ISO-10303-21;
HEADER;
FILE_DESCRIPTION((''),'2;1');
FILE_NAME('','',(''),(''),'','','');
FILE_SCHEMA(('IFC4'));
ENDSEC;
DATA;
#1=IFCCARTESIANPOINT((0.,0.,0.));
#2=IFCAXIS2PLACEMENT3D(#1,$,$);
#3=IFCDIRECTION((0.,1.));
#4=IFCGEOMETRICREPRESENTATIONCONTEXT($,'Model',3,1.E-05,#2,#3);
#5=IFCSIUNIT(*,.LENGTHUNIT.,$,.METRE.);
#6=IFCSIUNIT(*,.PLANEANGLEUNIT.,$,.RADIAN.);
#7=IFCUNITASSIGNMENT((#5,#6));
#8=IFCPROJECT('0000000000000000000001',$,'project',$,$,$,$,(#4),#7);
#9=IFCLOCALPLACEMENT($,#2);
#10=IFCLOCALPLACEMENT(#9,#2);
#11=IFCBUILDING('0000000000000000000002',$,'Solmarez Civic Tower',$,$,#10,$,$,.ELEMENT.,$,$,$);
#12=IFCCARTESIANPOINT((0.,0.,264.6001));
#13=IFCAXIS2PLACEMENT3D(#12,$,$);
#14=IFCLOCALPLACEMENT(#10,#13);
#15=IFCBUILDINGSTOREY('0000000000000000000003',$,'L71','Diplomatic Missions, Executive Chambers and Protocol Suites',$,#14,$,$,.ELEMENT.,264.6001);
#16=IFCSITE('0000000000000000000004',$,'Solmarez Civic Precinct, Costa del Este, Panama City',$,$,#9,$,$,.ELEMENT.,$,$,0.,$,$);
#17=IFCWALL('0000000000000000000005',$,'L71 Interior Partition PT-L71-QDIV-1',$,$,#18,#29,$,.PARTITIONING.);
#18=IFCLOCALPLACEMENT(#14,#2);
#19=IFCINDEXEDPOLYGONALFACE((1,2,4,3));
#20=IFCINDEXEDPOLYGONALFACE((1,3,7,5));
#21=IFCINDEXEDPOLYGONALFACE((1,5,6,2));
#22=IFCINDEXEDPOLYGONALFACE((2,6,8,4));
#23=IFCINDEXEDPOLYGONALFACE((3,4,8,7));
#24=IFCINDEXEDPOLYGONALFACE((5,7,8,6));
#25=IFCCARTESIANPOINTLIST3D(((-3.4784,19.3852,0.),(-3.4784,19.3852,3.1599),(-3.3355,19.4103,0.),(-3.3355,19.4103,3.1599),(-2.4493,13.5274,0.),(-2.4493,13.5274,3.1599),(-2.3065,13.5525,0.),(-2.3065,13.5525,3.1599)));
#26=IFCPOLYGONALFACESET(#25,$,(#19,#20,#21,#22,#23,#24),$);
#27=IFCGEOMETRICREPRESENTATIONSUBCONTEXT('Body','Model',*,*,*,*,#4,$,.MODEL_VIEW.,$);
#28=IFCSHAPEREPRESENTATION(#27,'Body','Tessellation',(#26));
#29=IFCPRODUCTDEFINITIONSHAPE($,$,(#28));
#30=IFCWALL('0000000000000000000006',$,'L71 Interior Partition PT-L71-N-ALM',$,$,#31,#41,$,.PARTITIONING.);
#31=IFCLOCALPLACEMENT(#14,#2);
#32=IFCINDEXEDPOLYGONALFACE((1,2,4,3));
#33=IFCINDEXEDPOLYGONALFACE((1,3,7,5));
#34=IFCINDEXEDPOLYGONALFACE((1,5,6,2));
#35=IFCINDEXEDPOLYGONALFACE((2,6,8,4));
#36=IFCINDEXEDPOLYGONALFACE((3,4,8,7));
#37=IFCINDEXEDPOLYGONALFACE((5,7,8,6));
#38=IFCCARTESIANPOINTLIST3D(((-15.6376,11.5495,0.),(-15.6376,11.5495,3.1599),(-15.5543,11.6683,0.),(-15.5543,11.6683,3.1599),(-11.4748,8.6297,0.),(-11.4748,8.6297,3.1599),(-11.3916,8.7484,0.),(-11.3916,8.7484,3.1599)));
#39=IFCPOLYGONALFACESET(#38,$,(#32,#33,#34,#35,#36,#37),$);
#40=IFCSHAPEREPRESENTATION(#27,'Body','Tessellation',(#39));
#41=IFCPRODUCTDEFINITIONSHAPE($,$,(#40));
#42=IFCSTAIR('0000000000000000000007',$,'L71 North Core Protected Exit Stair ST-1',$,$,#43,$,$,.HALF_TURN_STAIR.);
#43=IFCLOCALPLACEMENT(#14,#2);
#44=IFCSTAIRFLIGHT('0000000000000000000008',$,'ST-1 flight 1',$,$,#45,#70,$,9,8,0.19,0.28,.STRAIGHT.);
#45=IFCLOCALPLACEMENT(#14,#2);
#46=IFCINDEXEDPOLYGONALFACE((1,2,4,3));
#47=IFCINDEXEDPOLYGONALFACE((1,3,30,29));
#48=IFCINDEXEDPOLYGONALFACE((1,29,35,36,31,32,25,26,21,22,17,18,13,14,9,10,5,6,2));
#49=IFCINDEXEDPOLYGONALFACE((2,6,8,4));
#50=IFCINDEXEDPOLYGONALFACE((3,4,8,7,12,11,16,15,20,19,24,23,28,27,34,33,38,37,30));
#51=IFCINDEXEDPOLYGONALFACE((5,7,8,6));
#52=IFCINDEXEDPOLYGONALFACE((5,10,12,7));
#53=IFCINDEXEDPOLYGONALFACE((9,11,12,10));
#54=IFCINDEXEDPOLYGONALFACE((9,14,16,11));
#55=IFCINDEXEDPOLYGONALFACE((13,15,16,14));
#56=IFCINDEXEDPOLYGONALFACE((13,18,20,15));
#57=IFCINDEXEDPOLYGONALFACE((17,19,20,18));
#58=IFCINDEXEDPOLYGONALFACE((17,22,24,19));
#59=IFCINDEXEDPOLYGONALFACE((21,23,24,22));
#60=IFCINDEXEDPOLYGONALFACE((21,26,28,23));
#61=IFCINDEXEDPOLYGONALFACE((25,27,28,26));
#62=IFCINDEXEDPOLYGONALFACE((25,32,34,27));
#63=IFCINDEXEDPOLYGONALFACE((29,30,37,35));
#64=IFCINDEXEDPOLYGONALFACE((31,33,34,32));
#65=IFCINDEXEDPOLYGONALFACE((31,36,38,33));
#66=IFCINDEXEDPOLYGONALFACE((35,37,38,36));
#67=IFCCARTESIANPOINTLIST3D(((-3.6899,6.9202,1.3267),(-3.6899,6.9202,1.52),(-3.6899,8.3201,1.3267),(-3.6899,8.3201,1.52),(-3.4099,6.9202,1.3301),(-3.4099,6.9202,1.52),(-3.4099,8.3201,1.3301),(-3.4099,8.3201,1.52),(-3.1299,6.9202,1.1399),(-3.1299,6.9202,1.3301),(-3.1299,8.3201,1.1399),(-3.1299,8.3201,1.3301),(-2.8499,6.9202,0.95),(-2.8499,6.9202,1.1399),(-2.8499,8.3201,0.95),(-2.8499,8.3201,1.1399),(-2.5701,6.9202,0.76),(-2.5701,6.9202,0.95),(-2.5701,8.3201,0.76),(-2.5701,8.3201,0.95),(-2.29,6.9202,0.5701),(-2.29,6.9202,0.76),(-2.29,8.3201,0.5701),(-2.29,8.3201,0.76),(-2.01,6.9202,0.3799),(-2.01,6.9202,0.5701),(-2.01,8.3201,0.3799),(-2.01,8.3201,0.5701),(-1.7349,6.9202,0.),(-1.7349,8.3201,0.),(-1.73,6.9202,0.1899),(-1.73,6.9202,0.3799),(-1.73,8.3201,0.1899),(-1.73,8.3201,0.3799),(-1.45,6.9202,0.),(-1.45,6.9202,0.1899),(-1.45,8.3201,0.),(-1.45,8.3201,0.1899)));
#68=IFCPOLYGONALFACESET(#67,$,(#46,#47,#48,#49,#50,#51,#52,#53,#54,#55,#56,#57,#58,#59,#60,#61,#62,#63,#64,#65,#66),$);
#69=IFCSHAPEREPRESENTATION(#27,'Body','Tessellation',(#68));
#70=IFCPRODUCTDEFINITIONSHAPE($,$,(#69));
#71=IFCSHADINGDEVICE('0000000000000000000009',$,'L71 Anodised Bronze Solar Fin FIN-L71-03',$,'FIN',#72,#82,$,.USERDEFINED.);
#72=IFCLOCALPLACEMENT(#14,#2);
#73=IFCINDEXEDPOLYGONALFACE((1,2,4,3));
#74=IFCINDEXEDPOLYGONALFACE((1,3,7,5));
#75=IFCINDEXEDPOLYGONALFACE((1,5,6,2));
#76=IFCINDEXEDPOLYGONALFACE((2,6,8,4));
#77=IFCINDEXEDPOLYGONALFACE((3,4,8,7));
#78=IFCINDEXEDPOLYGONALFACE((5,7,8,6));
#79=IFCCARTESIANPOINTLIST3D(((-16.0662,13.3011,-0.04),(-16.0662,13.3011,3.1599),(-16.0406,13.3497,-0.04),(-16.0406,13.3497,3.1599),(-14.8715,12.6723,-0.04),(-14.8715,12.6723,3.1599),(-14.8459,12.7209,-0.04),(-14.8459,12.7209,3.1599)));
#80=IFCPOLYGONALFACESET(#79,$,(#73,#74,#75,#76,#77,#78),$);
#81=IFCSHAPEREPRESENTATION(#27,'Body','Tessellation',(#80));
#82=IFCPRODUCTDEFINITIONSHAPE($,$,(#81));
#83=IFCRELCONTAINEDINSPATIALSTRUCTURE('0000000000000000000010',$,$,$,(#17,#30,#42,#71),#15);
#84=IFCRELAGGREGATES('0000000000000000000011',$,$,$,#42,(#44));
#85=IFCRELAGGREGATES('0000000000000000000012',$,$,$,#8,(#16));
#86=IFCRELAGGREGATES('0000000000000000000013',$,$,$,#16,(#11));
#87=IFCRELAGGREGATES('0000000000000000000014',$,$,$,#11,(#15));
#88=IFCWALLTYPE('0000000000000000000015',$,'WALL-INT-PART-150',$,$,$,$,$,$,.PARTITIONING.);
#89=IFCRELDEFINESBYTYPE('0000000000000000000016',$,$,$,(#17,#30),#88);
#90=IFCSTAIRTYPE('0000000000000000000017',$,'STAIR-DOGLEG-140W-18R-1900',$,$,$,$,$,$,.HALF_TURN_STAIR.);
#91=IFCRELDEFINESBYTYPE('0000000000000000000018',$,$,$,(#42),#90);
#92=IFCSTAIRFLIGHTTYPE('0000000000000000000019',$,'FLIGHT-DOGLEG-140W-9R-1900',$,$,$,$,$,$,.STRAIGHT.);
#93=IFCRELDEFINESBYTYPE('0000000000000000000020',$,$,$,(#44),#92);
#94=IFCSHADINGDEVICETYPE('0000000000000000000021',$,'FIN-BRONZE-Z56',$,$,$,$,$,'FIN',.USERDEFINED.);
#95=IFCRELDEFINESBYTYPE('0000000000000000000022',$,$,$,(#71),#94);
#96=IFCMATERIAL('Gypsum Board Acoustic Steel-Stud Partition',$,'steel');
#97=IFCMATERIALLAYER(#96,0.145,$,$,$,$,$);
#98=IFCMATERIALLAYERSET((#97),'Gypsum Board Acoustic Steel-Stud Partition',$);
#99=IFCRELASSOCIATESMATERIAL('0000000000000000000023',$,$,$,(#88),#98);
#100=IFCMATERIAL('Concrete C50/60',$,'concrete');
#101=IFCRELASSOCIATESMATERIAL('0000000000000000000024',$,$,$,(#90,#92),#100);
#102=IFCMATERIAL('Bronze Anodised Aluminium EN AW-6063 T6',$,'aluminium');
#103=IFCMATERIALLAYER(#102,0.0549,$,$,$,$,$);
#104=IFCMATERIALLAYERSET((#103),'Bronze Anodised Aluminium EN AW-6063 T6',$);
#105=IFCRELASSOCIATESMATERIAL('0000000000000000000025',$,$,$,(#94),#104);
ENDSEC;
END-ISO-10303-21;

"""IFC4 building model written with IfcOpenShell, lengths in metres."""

from ifc_helpers import new_model, si_unit, direction, frame, frame_2d, origin, origin_2d, place, context, subcontext, project, spatial, polyline, rectangle, outline, extrude, material, layer, layer_set, type_object, element, aggregate, save


model = new_model("IFC4")

# Units and contexts
model_context = context("Model", 3, precision=1e-05, world=origin(), true_north=direction((0.0, 1.0)))
body_context = subcontext(model_context, "Body", "Model", "MODEL_VIEW")
ifc_project = project(units=[si_unit("LENGTHUNIT", "METRE"), si_unit("PLANEANGLEUNIT", "RADIAN")], contexts=[model_context])

# Site, building, storey
site_placement = place(None, origin())
site = spatial("IfcSite", under=ifc_project, at=site_placement, Name="Solmarez Civic Precinct, Costa del Este, Panama City", CompositionType="ELEMENT", RefElevation=0.0)
building_placement = place(site_placement, origin())
building = spatial("IfcBuilding", under=site, at=building_placement, Name="Solmarez Civic Tower", CompositionType="ELEMENT")
storey_placement = place(building_placement, frame((0.0, 0.0, 264.6001)))
storey = spatial("IfcBuildingStorey", under=building, at=storey_placement, Name="L71", Description="Diplomatic Missions, Executive Chambers and Protocol Suites", CompositionType="ELEMENT", Elevation=264.6001)

# Shared definitions
ifc_material_1 = material(Name="Concrete C50/60", Category="concrete")

# Walls
ifc_material_2 = material(Name="Gypsum Board Acoustic Steel-Stud Partition", Category="steel")
ifc_layer_1 = layer(ifc_material_2, 0.145)
ifc_layer_set_1 = layer_set([ifc_layer_1], Name="Gypsum Board Acoustic Steel-Stud Partition")
wall_type_1 = type_object("IfcWallType", Name="WALL-INT-PART-150", PredefinedType="PARTITIONING", material=ifc_layer_set_1)
wall_1_placement = place(storey_placement, frame((-2.3779, 13.54, 0.0), z_axis=(0.0, 0.0, 1.0), x_axis=(-0.17302, 0.984918, 0.0)))
element("IfcWall", 1, at=wall_1_placement, inside=storey, type_object=wall_type_1, Name="L71 Interior Partition PT-L71-QDIV-1", PredefinedType="PARTITIONING", context=body_context, shape_type="SweptSolid", body=[
    extrude(rectangle(XDim=5.9475, YDim=0.145, at=frame_2d((2.9736, 0.0))), origin(), (0.0, 0.0, 1.0), 3.1599),
])
wall_2_placement = place(storey_placement, frame((-11.4331, 8.689, 0.0), z_axis=(0.0, 0.0, 1.0), x_axis=(-0.818683, 0.574245, 0.0)))
element("IfcWall", 2, at=wall_2_placement, inside=storey, type_object=wall_type_1, Name="L71 Interior Partition PT-L71-N-ALM", PredefinedType="PARTITIONING", context=body_context, shape_type="SweptSolid", body=[
    extrude(rectangle(XDim=5.0847, YDim=0.145, at=frame_2d((2.5425, 0.0))), origin(), (0.0, 0.0, 1.0), 3.1599),
])

# Stair, stair flight
stair_type = type_object("IfcStairType", Name="STAIR-DOGLEG-140W-18R-1900", PredefinedType="HALF_TURN_STAIR", material=ifc_material_1)
stair_placement = place(storey_placement, origin())
stair = element("IfcStair", 3, at=stair_placement, inside=storey, type_object=stair_type, Name="L71 North Core Protected Exit Stair ST-1", PredefinedType="HALF_TURN_STAIR")
stair_flight_type = type_object("IfcStairFlightType", Name="FLIGHT-DOGLEG-140W-9R-1900", PredefinedType="STRAIGHT", material=ifc_material_1)
stair_flight_placement = place(storey_placement, frame((-1.45, 7.6201, 0.0), z_axis=(0.0, 0.0, 1.0), x_axis=(-1.0, 0.0, 0.0)))
stair_flight = element("IfcStairFlight", 4, at=stair_flight_placement, type_object=stair_flight_type, Name="ST-1 flight 1", NumberOfRisers=9, NumberOfTreads=8, PredefinedType="STRAIGHT", RiserHeight=0.19, TreadLength=0.28, context=body_context, shape_type="SweptSolid", body=[
    extrude(outline(polyline([(0.0, 0.0), (0.0, 0.1899), (0.28, 0.1899), (0.28, 0.3799), (0.5601, 0.3799), (0.5601, 0.5701), (0.8401, 0.5701), (0.8401, 0.76), (1.1201, 0.76), (1.1201, 0.95), (1.3999, 0.95), (1.3999, 1.1399), (1.6799, 1.1399), (1.6799, 1.3301), (1.96, 1.3301), (1.96, 1.52), (2.24, 1.52), (2.24, 1.71), (2.24, 1.3267), (0.2849, 0.0), (0.0, 0.0)])), frame((0.0, 0.7, 0.0), z_axis=(0.0, -1.0, 0.0), x_axis=(1.0, 0.0, 0.0)), (0.0, 0.0, 1.0), 1.3999),
])
aggregate(stair, [stair_flight])

# Shading device
ifc_material_3 = material(Name="Bronze Anodised Aluminium EN AW-6063 T6", Category="aluminium")
ifc_layer_2 = layer(ifc_material_3, 0.0549)
ifc_layer_set_2 = layer_set([ifc_layer_2], Name="Bronze Anodised Aluminium EN AW-6063 T6")
shading_device_type = type_object("IfcShadingDeviceType", Name="FIN-BRONZE-Z56", ElementType="FIN", PredefinedType="USERDEFINED", material=ifc_layer_set_2)
shading_device_placement = place(storey_placement, frame((-15.4561, 13.011, -0.04), z_axis=(0.0, 0.0, 1.0), x_axis=(-0.884931, 0.465723, 0.0)))
element("IfcShadingDevice", 5, at=shading_device_placement, inside=storey, type_object=shading_device_type, Name="L71 Anodised Bronze Solar Fin FIN-L71-03", ObjectType="FIN", PredefinedType="USERDEFINED", context=body_context, shape_type="SweptSolid", body=[
    extrude(rectangle(XDim=1.3501, YDim=0.0549, at=origin_2d()), origin(), (0.0, 0.0, 1.0), 3.2),
])

save(model, "model.ifc")
